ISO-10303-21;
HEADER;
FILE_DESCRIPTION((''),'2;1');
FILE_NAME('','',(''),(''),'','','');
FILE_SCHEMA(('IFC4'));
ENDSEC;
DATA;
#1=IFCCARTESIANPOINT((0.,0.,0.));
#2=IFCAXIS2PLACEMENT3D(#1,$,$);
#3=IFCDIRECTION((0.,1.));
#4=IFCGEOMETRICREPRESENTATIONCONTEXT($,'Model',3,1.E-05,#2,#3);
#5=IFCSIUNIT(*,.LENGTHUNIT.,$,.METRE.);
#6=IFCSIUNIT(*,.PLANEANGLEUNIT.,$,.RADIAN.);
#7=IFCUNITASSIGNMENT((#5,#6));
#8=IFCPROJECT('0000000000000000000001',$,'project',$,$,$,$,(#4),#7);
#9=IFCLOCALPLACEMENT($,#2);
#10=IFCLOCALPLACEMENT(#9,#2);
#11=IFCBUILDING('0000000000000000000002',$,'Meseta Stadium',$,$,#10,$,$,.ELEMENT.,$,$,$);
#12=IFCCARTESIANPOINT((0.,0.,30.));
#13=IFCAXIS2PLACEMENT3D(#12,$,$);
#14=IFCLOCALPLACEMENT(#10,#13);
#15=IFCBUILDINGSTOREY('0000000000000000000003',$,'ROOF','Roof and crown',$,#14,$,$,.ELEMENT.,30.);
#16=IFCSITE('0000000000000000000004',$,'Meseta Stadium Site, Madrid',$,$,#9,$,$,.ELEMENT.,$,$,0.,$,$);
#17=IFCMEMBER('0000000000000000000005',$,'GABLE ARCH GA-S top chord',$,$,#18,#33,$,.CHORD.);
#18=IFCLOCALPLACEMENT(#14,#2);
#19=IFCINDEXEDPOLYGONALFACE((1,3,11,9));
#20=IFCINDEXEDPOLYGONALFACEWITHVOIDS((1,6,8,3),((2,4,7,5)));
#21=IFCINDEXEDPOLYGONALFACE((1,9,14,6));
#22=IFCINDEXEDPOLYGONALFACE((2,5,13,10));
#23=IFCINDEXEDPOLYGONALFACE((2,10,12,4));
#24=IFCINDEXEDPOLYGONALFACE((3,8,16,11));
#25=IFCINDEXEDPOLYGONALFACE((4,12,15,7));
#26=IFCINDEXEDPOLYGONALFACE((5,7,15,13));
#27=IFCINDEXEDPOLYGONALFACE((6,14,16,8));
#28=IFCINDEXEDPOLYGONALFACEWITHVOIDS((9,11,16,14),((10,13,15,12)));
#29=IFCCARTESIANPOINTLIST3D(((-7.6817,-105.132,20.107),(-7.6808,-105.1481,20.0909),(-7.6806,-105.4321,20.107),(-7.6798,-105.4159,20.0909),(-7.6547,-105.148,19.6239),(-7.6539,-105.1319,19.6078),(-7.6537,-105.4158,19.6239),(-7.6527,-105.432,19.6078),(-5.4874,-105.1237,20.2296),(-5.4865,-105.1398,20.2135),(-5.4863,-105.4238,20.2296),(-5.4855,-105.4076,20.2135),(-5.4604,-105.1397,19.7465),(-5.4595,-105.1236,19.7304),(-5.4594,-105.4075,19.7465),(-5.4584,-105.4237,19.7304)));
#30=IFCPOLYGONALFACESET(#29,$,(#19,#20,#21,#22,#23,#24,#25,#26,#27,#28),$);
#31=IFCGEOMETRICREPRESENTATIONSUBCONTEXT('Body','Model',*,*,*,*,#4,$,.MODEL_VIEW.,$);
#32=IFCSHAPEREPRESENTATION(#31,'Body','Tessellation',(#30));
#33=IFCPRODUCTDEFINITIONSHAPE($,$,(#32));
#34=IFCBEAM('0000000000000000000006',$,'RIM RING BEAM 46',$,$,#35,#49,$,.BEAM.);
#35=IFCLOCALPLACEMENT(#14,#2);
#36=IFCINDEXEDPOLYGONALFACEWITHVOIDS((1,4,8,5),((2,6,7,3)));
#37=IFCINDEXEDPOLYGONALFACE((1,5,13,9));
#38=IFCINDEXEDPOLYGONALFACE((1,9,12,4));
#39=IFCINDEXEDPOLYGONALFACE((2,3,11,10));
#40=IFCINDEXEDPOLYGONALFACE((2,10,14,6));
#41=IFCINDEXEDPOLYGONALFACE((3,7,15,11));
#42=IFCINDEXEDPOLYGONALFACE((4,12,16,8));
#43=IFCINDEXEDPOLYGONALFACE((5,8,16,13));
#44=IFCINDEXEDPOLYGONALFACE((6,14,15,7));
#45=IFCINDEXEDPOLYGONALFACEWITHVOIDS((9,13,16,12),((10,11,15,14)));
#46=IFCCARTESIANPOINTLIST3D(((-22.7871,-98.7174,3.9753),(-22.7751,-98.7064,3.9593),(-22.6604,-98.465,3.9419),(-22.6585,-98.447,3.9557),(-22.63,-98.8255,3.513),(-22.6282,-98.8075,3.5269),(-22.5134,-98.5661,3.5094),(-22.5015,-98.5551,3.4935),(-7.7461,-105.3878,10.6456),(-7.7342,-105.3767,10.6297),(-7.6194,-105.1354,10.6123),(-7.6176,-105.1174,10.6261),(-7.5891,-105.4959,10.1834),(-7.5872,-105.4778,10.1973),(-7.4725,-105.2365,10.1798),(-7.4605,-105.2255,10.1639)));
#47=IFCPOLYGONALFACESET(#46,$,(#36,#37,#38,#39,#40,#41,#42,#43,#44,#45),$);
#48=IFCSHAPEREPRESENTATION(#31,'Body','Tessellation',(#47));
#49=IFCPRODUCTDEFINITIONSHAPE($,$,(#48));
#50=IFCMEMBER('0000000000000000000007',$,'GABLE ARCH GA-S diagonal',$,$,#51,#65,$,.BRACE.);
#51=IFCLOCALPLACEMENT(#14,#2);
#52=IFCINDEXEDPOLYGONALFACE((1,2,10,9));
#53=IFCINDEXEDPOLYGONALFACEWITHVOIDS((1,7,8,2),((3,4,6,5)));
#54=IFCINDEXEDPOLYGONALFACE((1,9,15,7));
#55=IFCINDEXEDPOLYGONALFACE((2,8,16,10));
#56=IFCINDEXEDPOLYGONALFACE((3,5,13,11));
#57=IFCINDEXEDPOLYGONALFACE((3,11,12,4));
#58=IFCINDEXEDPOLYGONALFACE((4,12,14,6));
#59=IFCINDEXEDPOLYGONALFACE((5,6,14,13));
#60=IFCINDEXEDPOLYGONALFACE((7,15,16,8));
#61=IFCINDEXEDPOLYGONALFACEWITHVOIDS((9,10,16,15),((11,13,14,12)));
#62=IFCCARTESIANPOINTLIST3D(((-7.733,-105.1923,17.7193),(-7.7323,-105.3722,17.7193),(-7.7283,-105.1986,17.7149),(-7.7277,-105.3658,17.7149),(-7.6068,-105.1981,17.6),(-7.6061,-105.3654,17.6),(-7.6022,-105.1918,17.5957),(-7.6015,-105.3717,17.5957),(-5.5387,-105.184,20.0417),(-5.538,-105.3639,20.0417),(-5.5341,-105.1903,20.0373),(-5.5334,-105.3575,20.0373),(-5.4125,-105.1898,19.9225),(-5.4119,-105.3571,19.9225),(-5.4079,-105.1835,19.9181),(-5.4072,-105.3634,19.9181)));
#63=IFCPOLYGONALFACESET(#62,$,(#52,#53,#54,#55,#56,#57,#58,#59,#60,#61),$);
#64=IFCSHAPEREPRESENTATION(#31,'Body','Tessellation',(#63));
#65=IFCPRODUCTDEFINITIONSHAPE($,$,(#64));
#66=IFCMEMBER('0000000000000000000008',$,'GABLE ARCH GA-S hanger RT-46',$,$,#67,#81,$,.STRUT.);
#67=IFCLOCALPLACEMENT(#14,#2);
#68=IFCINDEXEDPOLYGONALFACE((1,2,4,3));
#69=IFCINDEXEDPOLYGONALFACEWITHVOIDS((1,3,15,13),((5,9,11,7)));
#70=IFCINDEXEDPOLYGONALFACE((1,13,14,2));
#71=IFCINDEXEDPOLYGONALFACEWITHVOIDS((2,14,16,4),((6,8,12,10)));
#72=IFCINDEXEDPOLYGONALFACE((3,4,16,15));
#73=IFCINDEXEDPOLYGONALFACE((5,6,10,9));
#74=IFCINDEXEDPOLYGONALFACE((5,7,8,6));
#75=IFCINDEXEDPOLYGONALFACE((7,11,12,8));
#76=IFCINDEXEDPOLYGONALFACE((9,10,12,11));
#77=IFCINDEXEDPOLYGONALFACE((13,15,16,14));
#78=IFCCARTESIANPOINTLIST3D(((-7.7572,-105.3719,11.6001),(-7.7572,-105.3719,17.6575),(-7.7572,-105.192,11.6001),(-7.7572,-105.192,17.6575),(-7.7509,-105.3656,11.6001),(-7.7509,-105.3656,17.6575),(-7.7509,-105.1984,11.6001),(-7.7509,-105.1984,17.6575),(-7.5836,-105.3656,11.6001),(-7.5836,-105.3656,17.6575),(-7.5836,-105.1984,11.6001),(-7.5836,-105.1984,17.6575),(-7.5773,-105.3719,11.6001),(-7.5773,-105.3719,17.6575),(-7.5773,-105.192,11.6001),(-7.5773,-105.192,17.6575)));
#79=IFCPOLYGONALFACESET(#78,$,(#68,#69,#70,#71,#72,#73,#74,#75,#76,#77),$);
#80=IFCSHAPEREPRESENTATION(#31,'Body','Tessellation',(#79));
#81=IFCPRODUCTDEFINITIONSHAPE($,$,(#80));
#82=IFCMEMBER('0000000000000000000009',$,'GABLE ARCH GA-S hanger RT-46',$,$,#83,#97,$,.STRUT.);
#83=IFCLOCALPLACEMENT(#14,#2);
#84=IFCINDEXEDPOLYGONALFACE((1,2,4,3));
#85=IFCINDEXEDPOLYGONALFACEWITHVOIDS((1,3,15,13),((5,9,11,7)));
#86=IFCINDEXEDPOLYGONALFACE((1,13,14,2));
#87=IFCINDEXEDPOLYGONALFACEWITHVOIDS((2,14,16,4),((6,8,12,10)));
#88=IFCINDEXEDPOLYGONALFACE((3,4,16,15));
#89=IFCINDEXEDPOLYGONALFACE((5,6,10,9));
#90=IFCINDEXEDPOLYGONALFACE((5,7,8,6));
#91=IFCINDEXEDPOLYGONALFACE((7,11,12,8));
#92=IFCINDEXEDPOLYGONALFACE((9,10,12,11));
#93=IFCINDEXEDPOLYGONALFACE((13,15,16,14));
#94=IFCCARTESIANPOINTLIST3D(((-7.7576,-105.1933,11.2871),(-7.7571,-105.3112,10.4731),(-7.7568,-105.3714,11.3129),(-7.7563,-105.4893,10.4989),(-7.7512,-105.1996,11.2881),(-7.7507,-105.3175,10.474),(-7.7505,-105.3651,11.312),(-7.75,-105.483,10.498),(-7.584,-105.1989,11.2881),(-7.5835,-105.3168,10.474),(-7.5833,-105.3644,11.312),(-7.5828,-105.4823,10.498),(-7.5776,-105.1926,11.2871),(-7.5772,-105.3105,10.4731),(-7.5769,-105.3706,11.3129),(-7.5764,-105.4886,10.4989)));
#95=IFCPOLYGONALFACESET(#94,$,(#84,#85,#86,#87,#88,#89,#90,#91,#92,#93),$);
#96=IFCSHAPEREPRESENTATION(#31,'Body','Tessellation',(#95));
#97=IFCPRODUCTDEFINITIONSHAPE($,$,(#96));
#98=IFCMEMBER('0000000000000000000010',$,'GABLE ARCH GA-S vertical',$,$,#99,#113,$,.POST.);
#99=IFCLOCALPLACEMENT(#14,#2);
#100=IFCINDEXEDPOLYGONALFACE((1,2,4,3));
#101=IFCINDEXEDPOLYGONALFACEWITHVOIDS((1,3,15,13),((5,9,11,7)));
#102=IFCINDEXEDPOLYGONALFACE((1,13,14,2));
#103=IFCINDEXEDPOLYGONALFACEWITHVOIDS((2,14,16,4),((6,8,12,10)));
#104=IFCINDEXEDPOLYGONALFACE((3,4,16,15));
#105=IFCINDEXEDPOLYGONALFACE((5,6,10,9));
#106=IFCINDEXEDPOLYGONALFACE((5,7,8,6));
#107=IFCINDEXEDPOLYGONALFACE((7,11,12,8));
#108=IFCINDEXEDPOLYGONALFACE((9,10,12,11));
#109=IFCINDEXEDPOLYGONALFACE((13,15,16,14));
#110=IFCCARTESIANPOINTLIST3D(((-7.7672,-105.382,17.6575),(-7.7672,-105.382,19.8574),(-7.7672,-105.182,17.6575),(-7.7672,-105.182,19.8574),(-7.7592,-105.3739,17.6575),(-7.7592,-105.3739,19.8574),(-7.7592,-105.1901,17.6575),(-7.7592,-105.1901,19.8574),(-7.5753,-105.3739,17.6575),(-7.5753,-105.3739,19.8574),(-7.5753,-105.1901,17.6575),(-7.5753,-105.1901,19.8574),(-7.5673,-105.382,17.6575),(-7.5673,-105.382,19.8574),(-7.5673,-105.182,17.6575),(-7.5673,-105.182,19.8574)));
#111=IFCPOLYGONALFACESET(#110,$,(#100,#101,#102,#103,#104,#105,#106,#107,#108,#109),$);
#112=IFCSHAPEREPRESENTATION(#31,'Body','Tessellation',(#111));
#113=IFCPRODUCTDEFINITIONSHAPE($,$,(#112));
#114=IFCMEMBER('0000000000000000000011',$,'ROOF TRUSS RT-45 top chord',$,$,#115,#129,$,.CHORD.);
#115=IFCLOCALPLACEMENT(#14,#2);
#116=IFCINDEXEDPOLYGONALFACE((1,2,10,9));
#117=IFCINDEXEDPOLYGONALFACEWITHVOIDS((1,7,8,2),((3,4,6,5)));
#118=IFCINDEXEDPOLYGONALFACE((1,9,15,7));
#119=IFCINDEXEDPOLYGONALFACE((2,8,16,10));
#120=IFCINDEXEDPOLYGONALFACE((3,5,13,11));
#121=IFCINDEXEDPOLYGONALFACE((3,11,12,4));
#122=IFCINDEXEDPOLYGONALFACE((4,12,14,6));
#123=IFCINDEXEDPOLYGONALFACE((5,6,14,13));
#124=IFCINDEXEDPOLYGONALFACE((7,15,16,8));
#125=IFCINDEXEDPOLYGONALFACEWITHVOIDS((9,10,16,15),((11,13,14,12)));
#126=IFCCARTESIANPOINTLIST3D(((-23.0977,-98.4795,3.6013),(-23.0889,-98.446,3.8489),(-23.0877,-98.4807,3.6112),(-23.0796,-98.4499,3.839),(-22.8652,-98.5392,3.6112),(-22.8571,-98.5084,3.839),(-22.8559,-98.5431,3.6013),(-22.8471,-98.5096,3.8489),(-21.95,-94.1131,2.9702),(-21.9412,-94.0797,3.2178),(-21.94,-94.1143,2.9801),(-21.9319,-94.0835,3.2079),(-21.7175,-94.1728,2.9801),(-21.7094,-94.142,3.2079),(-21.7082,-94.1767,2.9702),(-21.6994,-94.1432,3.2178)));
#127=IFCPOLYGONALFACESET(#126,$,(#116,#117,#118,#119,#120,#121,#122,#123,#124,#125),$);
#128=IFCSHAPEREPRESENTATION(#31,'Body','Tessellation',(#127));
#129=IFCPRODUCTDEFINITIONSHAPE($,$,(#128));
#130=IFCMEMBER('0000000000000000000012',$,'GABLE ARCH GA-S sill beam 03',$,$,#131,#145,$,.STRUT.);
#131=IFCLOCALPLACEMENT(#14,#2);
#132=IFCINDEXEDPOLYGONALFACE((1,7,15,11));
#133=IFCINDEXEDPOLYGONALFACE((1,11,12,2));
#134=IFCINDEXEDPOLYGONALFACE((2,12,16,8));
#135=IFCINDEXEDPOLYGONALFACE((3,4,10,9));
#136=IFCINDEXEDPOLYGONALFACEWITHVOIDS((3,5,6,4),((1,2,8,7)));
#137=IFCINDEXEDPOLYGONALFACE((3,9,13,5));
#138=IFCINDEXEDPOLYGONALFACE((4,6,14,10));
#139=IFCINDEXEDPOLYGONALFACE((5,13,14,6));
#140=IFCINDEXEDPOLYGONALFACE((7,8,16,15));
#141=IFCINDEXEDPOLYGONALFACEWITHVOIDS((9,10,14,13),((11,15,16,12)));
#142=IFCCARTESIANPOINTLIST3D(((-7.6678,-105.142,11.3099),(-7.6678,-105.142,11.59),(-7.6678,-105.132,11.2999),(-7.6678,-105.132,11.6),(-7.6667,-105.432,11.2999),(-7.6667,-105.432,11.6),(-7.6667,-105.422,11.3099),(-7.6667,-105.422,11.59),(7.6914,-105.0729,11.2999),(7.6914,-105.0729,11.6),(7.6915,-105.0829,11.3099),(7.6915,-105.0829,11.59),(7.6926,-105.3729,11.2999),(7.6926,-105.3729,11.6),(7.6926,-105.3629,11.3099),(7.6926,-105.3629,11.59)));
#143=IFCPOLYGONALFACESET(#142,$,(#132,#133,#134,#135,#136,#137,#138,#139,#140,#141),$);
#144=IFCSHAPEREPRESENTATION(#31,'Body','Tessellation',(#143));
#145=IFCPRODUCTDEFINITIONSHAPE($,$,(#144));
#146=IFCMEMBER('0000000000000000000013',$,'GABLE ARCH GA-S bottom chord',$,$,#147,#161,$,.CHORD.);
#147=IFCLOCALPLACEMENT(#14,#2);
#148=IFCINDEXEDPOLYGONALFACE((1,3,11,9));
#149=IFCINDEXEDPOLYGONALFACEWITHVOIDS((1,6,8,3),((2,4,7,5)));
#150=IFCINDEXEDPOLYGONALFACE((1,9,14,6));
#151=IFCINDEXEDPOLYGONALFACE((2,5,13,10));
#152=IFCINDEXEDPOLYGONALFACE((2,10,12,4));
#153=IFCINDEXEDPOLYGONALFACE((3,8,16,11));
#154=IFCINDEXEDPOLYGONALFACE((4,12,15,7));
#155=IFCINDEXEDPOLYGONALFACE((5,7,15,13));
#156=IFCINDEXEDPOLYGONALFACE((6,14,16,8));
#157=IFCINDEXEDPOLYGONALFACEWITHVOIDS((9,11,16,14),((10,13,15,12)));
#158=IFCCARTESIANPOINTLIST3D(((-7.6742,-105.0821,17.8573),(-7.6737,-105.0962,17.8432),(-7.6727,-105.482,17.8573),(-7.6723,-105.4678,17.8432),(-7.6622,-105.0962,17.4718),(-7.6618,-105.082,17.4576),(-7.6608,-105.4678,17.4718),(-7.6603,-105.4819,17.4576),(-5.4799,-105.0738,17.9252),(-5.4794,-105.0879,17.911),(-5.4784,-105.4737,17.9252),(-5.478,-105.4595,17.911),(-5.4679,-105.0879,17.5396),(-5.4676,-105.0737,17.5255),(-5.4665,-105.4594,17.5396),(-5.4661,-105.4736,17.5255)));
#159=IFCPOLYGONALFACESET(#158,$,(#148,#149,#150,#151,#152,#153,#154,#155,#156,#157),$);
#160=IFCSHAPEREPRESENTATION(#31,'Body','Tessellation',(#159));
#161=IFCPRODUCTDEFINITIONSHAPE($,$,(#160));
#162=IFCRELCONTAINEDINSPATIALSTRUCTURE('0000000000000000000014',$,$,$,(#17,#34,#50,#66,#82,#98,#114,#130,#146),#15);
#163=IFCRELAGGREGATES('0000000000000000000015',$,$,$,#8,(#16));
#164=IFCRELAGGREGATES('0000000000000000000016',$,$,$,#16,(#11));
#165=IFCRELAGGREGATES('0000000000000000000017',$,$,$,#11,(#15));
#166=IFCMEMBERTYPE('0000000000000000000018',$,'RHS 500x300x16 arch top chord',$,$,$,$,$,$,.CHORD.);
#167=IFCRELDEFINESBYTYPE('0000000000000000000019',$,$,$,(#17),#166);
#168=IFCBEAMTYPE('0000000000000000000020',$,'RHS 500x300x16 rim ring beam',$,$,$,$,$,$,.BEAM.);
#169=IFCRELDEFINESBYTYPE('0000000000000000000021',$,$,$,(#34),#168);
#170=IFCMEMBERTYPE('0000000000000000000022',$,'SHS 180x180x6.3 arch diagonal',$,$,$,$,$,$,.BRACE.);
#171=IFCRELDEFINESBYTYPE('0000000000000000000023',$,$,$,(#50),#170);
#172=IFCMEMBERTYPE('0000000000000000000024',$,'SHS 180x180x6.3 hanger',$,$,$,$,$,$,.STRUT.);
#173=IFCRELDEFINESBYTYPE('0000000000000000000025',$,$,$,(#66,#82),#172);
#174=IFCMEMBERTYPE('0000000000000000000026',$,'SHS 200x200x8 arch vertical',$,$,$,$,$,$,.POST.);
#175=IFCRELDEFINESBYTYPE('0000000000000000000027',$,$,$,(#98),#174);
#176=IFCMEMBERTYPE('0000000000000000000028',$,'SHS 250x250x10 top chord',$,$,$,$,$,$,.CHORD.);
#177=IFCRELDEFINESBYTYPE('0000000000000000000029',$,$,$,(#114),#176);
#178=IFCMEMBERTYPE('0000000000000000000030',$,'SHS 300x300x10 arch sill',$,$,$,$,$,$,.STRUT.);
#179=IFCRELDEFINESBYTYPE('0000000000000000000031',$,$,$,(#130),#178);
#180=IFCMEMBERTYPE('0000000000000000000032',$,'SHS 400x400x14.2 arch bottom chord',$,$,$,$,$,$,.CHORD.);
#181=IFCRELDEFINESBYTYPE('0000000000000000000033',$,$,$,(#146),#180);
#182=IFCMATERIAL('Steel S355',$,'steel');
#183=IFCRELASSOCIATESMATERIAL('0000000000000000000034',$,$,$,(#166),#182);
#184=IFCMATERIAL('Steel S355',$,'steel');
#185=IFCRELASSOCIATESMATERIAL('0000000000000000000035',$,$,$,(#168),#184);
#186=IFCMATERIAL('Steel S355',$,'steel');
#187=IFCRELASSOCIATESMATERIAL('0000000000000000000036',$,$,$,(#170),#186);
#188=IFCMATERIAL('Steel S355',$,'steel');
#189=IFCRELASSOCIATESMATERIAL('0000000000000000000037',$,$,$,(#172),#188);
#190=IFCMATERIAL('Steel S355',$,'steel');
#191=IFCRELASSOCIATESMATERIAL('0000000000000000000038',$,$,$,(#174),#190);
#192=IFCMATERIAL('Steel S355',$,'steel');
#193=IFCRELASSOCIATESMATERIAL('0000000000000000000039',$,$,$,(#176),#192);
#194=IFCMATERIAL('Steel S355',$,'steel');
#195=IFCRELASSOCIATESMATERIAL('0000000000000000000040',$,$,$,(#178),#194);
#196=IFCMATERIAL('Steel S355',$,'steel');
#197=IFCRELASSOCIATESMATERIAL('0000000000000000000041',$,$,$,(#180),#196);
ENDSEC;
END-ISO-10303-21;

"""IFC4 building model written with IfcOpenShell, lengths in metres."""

from ifc_helpers import new_model, si_unit, direction, frame, origin, origin_2d, place, context, subcontext, project, spatial, hollow_rectangle, extrude, material, material_profile, profile_set, type_object, element, save


model = new_model("IFC4")

# Units and contexts
model_context = context("Model", 3, precision=1e-05, world=origin(), true_north=direction((0.0, 1.0)))
body_context = subcontext(model_context, "Body", "Model", "MODEL_VIEW")
ifc_project = project(units=[si_unit("LENGTHUNIT", "METRE"), si_unit("PLANEANGLEUNIT", "RADIAN")], contexts=[model_context])

# Site, building, storey
site_placement = place(None, origin())
site = spatial("IfcSite", under=ifc_project, at=site_placement, Name="Meseta Stadium Site, Madrid", CompositionType="ELEMENT", RefElevation=0.0)
building_placement = place(site_placement, origin())
building = spatial("IfcBuilding", under=site, at=building_placement, Name="Meseta Stadium", CompositionType="ELEMENT")
storey_placement = place(building_placement, frame((0.0, 0.0, 30.0)))
storey = spatial("IfcBuildingStorey", under=building, at=storey_placement, Name="ROOF", Description="Roof and crown", CompositionType="ELEMENT", Elevation=30.0)

# Member
ifc_material_1 = material(Name="Steel S355", Category="steel")
ifc_material_profile_1 = material_profile(ifc_material_1, hollow_rectangle(XDim=0.3, YDim=0.5, WallThickness=0.0161, at=origin_2d()), Name="RHS 500x300x16")
ifc_profile_set_1 = profile_set([ifc_material_profile_1], Name="Steel S355")
member_type_1 = type_object("IfcMemberType", Name="RHS 500x300x16 arch top chord", PredefinedType="CHORD", material=ifc_profile_set_1)
member_1_placement = place(storey_placement, frame((-7.6672, -105.282, 19.8574), z_axis=(0.998437, 0.003777, 0.055765), x_axis=(-0.003783, 0.999993, 0.0)))
element("IfcMember", 1, at=member_1_placement, inside=storey, type_object=member_type_1, Name="GABLE ARCH GA-S top chord", PredefinedType="CHORD", context=body_context, shape_type="SweptSolid", body=[
    extrude(hollow_rectangle(XDim=0.3, YDim=0.5, WallThickness=0.0161, at=origin_2d()), origin(), (0.0, 0.0, 1.0), 2.1978),
])

# Beam
ifc_material_2 = material(Name="Steel S355", Category="steel")
ifc_material_profile_2 = material_profile(ifc_material_2, hollow_rectangle(XDim=0.3, YDim=0.5, WallThickness=0.0161, at=origin_2d()), Name="RHS 500x300x16")
ifc_profile_set_2 = profile_set([ifc_material_profile_2], Name="Steel S355")
beam_type = type_object("IfcBeamType", Name="RHS 500x300x16 rim ring beam", PredefinedType="BEAM", material=ifc_profile_set_2)
beam_placement = place(storey_placement, frame((-22.6443, -98.6362, 3.7344), z_axis=(0.847168, -0.375703, 0.375703), x_axis=(0.428529, 0.901179, -0.065106)))
element("IfcBeam", 2, at=beam_placement, inside=storey, type_object=beam_type, Name="RIM RING BEAM 46", PredefinedType="BEAM", context=body_context, shape_type="SweptSolid", body=[
    extrude(hollow_rectangle(XDim=0.3, YDim=0.5, WallThickness=0.0161, at=origin_2d()), origin(), (0.0, 0.0, 1.0), 17.7544),
])

# Members
ifc_material_3 = material(Name="Steel S355", Category="steel")
ifc_material_profile_3 = material_profile(ifc_material_3, hollow_rectangle(XDim=0.1799, YDim=0.1799, WallThickness=0.0063, at=origin_2d()), Name="SHS 180x180x6.3")
ifc_profile_set_3 = profile_set([ifc_material_profile_3], Name="Steel S355")
member_type_2 = type_object("IfcMemberType", Name="SHS 180x180x6.3 arch diagonal", PredefinedType="BRACE", material=ifc_profile_set_3)
member_2_placement = place(storey_placement, frame((-7.6672, -105.282, 17.6575), z_axis=(0.686763, 0.002598, 0.726877), x_axis=(-0.003783, 0.999993, 0.0)))
element("IfcMember", 3, at=member_2_placement, inside=storey, type_object=member_type_2, Name="GABLE ARCH GA-S diagonal", PredefinedType="BRACE", context=body_context, shape_type="SweptSolid", body=[
    extrude(hollow_rectangle(XDim=0.1799, YDim=0.1799, WallThickness=0.0063, at=origin_2d()), origin(), (0.0, 0.0, 1.0), 3.1951),
])
ifc_material_4 = material(Name="Steel S355", Category="steel")
ifc_material_profile_4 = material_profile(ifc_material_4, hollow_rectangle(XDim=0.1799, YDim=0.1799, WallThickness=0.0063, at=origin_2d()), Name="SHS 180x180x6.3")
ifc_profile_set_4 = profile_set([ifc_material_profile_4], Name="Steel S355")
member_type_3 = type_object("IfcMemberType", Name="SHS 180x180x6.3 hanger", PredefinedType="STRUT", material=ifc_profile_set_4)
member_3_placement = place(storey_placement, frame((-7.6672, -105.282, 17.6575), z_axis=(0.0, 0.0, -1.0), x_axis=(1.0, 0.0, 0.0)))
element("IfcMember", 4, at=member_3_placement, inside=storey, type_object=member_type_3, Name="GABLE ARCH GA-S hanger RT-46", PredefinedType="STRUT", context=body_context, shape_type="SweptSolid", body=[
    extrude(hollow_rectangle(XDim=0.1799, YDim=0.1799, WallThickness=0.0063, at=origin_2d()), origin(), (0.0, 0.0, 1.0), 6.0574),
])
member_4_placement = place(storey_placement, frame((-7.6672, -105.282, 11.3), z_axis=(0.000594, -0.143374, -0.989668), x_axis=(0.999991, 0.004141, 0.0)))
element("IfcMember", 5, at=member_4_placement, inside=storey, type_object=member_type_3, Name="GABLE ARCH GA-S hanger RT-46", PredefinedType="STRUT", context=body_context, shape_type="SweptSolid", body=[
    extrude(hollow_rectangle(XDim=0.1799, YDim=0.1799, WallThickness=0.0063, at=origin_2d()), origin(), (0.0, 0.0, 1.0), 0.8225),
])
ifc_material_5 = material(Name="Steel S355", Category="steel")
ifc_material_profile_5 = material_profile(ifc_material_5, hollow_rectangle(XDim=0.2, YDim=0.2, WallThickness=0.0081, at=origin_2d()), Name="SHS 200x200x8")
ifc_profile_set_5 = profile_set([ifc_material_profile_5], Name="Steel S355")
member_type_4 = type_object("IfcMemberType", Name="SHS 200x200x8 arch vertical", PredefinedType="POST", material=ifc_profile_set_5)
member_5_placement = place(storey_placement, frame((-7.6672, -105.282, 17.6575), z_axis=(0.0, 0.0, 1.0), x_axis=(1.0, 0.0, 0.0)))
element("IfcMember", 6, at=member_5_placement, inside=storey, type_object=member_type_4, Name="GABLE ARCH GA-S vertical", PredefinedType="POST", context=body_context, shape_type="SweptSolid", body=[
    extrude(hollow_rectangle(XDim=0.2, YDim=0.2, WallThickness=0.0081, at=origin_2d()), origin(), (0.0, 0.0, 1.0), 2.2),
])
ifc_material_6 = material(Name="Steel S355", Category="steel")
ifc_material_profile_6 = material_profile(ifc_material_6, hollow_rectangle(XDim=0.25, YDim=0.25, WallThickness=0.01, at=origin_2d()), Name="SHS 250x250x10")
ifc_profile_set_6 = profile_set([ifc_material_profile_6], Name="Steel S355")
member_type_5 = type_object("IfcMemberType", Name="SHS 250x250x10 top chord", PredefinedType="CHORD", material=ifc_profile_set_6)
member_6_placement = place(storey_placement, frame((-21.8247, -94.1282, 3.094), z_axis=(-0.251763, -0.957836, 0.13844), x_axis=(0.967149, -0.254211, 0.0)))
element("IfcMember", 7, at=member_6_placement, inside=storey, type_object=member_type_5, Name="ROOF TRUSS RT-45 top chord", PredefinedType="CHORD", context=body_context, shape_type="SweptSolid", body=[
    extrude(hollow_rectangle(XDim=0.25, YDim=0.25, WallThickness=0.01, at=origin_2d()), origin(), (0.0, 0.0, 1.0), 4.5586),
])
ifc_material_7 = material(Name="Steel S355", Category="steel")
ifc_material_profile_7 = material_profile(ifc_material_7, hollow_rectangle(XDim=0.3, YDim=0.3, WallThickness=0.01, at=origin_2d()), Name="SHS 300x300x10")
ifc_profile_set_7 = profile_set([ifc_material_profile_7], Name="Steel S355")
member_type_6 = type_object("IfcMemberType", Name="SHS 300x300x10 arch sill", PredefinedType="STRUT", material=ifc_profile_set_7)
member_7_placement = place(storey_placement, frame((-7.6672, -105.282, 11.45), z_axis=(0.999993, 0.003847, 0.0), x_axis=(-0.003847, 0.999993, 0.0)))
element("IfcMember", 8, at=member_7_placement, inside=storey, type_object=member_type_6, Name="GABLE ARCH GA-S sill beam 03", PredefinedType="STRUT", context=body_context, shape_type="SweptSolid", body=[
    extrude(hollow_rectangle(XDim=0.3, YDim=0.3, WallThickness=0.01, at=origin_2d()), origin(), (0.0, 0.0, 1.0), 15.3594),
])
ifc_material_8 = material(Name="Steel S355", Category="steel")
ifc_material_profile_8 = material_profile(ifc_material_8, hollow_rectangle(XDim=0.3999, YDim=0.3999, WallThickness=0.0142, at=origin_2d()), Name="SHS 400x400x14.2")
ifc_profile_set_8 = profile_set([ifc_material_profile_8], Name="Steel S355")
member_type_7 = type_object("IfcMemberType", Name="SHS 400x400x14.2 arch bottom chord", PredefinedType="CHORD", material=ifc_profile_set_8)
member_8_placement = place(storey_placement, frame((-7.6672, -105.282, 17.6575), z_axis=(0.999515, 0.003781, 0.030915), x_axis=(-0.003783, 0.999993, 0.0)))
element("IfcMember", 9, at=member_8_placement, inside=storey, type_object=member_type_7, Name="GABLE ARCH GA-S bottom chord", PredefinedType="CHORD", context=body_context, shape_type="SweptSolid", body=[
    extrude(hollow_rectangle(XDim=0.3999, YDim=0.3999, WallThickness=0.0142, at=origin_2d()), origin(), (0.0, 0.0, 1.0), 2.1953),
])

save(model, "model.ifc")
